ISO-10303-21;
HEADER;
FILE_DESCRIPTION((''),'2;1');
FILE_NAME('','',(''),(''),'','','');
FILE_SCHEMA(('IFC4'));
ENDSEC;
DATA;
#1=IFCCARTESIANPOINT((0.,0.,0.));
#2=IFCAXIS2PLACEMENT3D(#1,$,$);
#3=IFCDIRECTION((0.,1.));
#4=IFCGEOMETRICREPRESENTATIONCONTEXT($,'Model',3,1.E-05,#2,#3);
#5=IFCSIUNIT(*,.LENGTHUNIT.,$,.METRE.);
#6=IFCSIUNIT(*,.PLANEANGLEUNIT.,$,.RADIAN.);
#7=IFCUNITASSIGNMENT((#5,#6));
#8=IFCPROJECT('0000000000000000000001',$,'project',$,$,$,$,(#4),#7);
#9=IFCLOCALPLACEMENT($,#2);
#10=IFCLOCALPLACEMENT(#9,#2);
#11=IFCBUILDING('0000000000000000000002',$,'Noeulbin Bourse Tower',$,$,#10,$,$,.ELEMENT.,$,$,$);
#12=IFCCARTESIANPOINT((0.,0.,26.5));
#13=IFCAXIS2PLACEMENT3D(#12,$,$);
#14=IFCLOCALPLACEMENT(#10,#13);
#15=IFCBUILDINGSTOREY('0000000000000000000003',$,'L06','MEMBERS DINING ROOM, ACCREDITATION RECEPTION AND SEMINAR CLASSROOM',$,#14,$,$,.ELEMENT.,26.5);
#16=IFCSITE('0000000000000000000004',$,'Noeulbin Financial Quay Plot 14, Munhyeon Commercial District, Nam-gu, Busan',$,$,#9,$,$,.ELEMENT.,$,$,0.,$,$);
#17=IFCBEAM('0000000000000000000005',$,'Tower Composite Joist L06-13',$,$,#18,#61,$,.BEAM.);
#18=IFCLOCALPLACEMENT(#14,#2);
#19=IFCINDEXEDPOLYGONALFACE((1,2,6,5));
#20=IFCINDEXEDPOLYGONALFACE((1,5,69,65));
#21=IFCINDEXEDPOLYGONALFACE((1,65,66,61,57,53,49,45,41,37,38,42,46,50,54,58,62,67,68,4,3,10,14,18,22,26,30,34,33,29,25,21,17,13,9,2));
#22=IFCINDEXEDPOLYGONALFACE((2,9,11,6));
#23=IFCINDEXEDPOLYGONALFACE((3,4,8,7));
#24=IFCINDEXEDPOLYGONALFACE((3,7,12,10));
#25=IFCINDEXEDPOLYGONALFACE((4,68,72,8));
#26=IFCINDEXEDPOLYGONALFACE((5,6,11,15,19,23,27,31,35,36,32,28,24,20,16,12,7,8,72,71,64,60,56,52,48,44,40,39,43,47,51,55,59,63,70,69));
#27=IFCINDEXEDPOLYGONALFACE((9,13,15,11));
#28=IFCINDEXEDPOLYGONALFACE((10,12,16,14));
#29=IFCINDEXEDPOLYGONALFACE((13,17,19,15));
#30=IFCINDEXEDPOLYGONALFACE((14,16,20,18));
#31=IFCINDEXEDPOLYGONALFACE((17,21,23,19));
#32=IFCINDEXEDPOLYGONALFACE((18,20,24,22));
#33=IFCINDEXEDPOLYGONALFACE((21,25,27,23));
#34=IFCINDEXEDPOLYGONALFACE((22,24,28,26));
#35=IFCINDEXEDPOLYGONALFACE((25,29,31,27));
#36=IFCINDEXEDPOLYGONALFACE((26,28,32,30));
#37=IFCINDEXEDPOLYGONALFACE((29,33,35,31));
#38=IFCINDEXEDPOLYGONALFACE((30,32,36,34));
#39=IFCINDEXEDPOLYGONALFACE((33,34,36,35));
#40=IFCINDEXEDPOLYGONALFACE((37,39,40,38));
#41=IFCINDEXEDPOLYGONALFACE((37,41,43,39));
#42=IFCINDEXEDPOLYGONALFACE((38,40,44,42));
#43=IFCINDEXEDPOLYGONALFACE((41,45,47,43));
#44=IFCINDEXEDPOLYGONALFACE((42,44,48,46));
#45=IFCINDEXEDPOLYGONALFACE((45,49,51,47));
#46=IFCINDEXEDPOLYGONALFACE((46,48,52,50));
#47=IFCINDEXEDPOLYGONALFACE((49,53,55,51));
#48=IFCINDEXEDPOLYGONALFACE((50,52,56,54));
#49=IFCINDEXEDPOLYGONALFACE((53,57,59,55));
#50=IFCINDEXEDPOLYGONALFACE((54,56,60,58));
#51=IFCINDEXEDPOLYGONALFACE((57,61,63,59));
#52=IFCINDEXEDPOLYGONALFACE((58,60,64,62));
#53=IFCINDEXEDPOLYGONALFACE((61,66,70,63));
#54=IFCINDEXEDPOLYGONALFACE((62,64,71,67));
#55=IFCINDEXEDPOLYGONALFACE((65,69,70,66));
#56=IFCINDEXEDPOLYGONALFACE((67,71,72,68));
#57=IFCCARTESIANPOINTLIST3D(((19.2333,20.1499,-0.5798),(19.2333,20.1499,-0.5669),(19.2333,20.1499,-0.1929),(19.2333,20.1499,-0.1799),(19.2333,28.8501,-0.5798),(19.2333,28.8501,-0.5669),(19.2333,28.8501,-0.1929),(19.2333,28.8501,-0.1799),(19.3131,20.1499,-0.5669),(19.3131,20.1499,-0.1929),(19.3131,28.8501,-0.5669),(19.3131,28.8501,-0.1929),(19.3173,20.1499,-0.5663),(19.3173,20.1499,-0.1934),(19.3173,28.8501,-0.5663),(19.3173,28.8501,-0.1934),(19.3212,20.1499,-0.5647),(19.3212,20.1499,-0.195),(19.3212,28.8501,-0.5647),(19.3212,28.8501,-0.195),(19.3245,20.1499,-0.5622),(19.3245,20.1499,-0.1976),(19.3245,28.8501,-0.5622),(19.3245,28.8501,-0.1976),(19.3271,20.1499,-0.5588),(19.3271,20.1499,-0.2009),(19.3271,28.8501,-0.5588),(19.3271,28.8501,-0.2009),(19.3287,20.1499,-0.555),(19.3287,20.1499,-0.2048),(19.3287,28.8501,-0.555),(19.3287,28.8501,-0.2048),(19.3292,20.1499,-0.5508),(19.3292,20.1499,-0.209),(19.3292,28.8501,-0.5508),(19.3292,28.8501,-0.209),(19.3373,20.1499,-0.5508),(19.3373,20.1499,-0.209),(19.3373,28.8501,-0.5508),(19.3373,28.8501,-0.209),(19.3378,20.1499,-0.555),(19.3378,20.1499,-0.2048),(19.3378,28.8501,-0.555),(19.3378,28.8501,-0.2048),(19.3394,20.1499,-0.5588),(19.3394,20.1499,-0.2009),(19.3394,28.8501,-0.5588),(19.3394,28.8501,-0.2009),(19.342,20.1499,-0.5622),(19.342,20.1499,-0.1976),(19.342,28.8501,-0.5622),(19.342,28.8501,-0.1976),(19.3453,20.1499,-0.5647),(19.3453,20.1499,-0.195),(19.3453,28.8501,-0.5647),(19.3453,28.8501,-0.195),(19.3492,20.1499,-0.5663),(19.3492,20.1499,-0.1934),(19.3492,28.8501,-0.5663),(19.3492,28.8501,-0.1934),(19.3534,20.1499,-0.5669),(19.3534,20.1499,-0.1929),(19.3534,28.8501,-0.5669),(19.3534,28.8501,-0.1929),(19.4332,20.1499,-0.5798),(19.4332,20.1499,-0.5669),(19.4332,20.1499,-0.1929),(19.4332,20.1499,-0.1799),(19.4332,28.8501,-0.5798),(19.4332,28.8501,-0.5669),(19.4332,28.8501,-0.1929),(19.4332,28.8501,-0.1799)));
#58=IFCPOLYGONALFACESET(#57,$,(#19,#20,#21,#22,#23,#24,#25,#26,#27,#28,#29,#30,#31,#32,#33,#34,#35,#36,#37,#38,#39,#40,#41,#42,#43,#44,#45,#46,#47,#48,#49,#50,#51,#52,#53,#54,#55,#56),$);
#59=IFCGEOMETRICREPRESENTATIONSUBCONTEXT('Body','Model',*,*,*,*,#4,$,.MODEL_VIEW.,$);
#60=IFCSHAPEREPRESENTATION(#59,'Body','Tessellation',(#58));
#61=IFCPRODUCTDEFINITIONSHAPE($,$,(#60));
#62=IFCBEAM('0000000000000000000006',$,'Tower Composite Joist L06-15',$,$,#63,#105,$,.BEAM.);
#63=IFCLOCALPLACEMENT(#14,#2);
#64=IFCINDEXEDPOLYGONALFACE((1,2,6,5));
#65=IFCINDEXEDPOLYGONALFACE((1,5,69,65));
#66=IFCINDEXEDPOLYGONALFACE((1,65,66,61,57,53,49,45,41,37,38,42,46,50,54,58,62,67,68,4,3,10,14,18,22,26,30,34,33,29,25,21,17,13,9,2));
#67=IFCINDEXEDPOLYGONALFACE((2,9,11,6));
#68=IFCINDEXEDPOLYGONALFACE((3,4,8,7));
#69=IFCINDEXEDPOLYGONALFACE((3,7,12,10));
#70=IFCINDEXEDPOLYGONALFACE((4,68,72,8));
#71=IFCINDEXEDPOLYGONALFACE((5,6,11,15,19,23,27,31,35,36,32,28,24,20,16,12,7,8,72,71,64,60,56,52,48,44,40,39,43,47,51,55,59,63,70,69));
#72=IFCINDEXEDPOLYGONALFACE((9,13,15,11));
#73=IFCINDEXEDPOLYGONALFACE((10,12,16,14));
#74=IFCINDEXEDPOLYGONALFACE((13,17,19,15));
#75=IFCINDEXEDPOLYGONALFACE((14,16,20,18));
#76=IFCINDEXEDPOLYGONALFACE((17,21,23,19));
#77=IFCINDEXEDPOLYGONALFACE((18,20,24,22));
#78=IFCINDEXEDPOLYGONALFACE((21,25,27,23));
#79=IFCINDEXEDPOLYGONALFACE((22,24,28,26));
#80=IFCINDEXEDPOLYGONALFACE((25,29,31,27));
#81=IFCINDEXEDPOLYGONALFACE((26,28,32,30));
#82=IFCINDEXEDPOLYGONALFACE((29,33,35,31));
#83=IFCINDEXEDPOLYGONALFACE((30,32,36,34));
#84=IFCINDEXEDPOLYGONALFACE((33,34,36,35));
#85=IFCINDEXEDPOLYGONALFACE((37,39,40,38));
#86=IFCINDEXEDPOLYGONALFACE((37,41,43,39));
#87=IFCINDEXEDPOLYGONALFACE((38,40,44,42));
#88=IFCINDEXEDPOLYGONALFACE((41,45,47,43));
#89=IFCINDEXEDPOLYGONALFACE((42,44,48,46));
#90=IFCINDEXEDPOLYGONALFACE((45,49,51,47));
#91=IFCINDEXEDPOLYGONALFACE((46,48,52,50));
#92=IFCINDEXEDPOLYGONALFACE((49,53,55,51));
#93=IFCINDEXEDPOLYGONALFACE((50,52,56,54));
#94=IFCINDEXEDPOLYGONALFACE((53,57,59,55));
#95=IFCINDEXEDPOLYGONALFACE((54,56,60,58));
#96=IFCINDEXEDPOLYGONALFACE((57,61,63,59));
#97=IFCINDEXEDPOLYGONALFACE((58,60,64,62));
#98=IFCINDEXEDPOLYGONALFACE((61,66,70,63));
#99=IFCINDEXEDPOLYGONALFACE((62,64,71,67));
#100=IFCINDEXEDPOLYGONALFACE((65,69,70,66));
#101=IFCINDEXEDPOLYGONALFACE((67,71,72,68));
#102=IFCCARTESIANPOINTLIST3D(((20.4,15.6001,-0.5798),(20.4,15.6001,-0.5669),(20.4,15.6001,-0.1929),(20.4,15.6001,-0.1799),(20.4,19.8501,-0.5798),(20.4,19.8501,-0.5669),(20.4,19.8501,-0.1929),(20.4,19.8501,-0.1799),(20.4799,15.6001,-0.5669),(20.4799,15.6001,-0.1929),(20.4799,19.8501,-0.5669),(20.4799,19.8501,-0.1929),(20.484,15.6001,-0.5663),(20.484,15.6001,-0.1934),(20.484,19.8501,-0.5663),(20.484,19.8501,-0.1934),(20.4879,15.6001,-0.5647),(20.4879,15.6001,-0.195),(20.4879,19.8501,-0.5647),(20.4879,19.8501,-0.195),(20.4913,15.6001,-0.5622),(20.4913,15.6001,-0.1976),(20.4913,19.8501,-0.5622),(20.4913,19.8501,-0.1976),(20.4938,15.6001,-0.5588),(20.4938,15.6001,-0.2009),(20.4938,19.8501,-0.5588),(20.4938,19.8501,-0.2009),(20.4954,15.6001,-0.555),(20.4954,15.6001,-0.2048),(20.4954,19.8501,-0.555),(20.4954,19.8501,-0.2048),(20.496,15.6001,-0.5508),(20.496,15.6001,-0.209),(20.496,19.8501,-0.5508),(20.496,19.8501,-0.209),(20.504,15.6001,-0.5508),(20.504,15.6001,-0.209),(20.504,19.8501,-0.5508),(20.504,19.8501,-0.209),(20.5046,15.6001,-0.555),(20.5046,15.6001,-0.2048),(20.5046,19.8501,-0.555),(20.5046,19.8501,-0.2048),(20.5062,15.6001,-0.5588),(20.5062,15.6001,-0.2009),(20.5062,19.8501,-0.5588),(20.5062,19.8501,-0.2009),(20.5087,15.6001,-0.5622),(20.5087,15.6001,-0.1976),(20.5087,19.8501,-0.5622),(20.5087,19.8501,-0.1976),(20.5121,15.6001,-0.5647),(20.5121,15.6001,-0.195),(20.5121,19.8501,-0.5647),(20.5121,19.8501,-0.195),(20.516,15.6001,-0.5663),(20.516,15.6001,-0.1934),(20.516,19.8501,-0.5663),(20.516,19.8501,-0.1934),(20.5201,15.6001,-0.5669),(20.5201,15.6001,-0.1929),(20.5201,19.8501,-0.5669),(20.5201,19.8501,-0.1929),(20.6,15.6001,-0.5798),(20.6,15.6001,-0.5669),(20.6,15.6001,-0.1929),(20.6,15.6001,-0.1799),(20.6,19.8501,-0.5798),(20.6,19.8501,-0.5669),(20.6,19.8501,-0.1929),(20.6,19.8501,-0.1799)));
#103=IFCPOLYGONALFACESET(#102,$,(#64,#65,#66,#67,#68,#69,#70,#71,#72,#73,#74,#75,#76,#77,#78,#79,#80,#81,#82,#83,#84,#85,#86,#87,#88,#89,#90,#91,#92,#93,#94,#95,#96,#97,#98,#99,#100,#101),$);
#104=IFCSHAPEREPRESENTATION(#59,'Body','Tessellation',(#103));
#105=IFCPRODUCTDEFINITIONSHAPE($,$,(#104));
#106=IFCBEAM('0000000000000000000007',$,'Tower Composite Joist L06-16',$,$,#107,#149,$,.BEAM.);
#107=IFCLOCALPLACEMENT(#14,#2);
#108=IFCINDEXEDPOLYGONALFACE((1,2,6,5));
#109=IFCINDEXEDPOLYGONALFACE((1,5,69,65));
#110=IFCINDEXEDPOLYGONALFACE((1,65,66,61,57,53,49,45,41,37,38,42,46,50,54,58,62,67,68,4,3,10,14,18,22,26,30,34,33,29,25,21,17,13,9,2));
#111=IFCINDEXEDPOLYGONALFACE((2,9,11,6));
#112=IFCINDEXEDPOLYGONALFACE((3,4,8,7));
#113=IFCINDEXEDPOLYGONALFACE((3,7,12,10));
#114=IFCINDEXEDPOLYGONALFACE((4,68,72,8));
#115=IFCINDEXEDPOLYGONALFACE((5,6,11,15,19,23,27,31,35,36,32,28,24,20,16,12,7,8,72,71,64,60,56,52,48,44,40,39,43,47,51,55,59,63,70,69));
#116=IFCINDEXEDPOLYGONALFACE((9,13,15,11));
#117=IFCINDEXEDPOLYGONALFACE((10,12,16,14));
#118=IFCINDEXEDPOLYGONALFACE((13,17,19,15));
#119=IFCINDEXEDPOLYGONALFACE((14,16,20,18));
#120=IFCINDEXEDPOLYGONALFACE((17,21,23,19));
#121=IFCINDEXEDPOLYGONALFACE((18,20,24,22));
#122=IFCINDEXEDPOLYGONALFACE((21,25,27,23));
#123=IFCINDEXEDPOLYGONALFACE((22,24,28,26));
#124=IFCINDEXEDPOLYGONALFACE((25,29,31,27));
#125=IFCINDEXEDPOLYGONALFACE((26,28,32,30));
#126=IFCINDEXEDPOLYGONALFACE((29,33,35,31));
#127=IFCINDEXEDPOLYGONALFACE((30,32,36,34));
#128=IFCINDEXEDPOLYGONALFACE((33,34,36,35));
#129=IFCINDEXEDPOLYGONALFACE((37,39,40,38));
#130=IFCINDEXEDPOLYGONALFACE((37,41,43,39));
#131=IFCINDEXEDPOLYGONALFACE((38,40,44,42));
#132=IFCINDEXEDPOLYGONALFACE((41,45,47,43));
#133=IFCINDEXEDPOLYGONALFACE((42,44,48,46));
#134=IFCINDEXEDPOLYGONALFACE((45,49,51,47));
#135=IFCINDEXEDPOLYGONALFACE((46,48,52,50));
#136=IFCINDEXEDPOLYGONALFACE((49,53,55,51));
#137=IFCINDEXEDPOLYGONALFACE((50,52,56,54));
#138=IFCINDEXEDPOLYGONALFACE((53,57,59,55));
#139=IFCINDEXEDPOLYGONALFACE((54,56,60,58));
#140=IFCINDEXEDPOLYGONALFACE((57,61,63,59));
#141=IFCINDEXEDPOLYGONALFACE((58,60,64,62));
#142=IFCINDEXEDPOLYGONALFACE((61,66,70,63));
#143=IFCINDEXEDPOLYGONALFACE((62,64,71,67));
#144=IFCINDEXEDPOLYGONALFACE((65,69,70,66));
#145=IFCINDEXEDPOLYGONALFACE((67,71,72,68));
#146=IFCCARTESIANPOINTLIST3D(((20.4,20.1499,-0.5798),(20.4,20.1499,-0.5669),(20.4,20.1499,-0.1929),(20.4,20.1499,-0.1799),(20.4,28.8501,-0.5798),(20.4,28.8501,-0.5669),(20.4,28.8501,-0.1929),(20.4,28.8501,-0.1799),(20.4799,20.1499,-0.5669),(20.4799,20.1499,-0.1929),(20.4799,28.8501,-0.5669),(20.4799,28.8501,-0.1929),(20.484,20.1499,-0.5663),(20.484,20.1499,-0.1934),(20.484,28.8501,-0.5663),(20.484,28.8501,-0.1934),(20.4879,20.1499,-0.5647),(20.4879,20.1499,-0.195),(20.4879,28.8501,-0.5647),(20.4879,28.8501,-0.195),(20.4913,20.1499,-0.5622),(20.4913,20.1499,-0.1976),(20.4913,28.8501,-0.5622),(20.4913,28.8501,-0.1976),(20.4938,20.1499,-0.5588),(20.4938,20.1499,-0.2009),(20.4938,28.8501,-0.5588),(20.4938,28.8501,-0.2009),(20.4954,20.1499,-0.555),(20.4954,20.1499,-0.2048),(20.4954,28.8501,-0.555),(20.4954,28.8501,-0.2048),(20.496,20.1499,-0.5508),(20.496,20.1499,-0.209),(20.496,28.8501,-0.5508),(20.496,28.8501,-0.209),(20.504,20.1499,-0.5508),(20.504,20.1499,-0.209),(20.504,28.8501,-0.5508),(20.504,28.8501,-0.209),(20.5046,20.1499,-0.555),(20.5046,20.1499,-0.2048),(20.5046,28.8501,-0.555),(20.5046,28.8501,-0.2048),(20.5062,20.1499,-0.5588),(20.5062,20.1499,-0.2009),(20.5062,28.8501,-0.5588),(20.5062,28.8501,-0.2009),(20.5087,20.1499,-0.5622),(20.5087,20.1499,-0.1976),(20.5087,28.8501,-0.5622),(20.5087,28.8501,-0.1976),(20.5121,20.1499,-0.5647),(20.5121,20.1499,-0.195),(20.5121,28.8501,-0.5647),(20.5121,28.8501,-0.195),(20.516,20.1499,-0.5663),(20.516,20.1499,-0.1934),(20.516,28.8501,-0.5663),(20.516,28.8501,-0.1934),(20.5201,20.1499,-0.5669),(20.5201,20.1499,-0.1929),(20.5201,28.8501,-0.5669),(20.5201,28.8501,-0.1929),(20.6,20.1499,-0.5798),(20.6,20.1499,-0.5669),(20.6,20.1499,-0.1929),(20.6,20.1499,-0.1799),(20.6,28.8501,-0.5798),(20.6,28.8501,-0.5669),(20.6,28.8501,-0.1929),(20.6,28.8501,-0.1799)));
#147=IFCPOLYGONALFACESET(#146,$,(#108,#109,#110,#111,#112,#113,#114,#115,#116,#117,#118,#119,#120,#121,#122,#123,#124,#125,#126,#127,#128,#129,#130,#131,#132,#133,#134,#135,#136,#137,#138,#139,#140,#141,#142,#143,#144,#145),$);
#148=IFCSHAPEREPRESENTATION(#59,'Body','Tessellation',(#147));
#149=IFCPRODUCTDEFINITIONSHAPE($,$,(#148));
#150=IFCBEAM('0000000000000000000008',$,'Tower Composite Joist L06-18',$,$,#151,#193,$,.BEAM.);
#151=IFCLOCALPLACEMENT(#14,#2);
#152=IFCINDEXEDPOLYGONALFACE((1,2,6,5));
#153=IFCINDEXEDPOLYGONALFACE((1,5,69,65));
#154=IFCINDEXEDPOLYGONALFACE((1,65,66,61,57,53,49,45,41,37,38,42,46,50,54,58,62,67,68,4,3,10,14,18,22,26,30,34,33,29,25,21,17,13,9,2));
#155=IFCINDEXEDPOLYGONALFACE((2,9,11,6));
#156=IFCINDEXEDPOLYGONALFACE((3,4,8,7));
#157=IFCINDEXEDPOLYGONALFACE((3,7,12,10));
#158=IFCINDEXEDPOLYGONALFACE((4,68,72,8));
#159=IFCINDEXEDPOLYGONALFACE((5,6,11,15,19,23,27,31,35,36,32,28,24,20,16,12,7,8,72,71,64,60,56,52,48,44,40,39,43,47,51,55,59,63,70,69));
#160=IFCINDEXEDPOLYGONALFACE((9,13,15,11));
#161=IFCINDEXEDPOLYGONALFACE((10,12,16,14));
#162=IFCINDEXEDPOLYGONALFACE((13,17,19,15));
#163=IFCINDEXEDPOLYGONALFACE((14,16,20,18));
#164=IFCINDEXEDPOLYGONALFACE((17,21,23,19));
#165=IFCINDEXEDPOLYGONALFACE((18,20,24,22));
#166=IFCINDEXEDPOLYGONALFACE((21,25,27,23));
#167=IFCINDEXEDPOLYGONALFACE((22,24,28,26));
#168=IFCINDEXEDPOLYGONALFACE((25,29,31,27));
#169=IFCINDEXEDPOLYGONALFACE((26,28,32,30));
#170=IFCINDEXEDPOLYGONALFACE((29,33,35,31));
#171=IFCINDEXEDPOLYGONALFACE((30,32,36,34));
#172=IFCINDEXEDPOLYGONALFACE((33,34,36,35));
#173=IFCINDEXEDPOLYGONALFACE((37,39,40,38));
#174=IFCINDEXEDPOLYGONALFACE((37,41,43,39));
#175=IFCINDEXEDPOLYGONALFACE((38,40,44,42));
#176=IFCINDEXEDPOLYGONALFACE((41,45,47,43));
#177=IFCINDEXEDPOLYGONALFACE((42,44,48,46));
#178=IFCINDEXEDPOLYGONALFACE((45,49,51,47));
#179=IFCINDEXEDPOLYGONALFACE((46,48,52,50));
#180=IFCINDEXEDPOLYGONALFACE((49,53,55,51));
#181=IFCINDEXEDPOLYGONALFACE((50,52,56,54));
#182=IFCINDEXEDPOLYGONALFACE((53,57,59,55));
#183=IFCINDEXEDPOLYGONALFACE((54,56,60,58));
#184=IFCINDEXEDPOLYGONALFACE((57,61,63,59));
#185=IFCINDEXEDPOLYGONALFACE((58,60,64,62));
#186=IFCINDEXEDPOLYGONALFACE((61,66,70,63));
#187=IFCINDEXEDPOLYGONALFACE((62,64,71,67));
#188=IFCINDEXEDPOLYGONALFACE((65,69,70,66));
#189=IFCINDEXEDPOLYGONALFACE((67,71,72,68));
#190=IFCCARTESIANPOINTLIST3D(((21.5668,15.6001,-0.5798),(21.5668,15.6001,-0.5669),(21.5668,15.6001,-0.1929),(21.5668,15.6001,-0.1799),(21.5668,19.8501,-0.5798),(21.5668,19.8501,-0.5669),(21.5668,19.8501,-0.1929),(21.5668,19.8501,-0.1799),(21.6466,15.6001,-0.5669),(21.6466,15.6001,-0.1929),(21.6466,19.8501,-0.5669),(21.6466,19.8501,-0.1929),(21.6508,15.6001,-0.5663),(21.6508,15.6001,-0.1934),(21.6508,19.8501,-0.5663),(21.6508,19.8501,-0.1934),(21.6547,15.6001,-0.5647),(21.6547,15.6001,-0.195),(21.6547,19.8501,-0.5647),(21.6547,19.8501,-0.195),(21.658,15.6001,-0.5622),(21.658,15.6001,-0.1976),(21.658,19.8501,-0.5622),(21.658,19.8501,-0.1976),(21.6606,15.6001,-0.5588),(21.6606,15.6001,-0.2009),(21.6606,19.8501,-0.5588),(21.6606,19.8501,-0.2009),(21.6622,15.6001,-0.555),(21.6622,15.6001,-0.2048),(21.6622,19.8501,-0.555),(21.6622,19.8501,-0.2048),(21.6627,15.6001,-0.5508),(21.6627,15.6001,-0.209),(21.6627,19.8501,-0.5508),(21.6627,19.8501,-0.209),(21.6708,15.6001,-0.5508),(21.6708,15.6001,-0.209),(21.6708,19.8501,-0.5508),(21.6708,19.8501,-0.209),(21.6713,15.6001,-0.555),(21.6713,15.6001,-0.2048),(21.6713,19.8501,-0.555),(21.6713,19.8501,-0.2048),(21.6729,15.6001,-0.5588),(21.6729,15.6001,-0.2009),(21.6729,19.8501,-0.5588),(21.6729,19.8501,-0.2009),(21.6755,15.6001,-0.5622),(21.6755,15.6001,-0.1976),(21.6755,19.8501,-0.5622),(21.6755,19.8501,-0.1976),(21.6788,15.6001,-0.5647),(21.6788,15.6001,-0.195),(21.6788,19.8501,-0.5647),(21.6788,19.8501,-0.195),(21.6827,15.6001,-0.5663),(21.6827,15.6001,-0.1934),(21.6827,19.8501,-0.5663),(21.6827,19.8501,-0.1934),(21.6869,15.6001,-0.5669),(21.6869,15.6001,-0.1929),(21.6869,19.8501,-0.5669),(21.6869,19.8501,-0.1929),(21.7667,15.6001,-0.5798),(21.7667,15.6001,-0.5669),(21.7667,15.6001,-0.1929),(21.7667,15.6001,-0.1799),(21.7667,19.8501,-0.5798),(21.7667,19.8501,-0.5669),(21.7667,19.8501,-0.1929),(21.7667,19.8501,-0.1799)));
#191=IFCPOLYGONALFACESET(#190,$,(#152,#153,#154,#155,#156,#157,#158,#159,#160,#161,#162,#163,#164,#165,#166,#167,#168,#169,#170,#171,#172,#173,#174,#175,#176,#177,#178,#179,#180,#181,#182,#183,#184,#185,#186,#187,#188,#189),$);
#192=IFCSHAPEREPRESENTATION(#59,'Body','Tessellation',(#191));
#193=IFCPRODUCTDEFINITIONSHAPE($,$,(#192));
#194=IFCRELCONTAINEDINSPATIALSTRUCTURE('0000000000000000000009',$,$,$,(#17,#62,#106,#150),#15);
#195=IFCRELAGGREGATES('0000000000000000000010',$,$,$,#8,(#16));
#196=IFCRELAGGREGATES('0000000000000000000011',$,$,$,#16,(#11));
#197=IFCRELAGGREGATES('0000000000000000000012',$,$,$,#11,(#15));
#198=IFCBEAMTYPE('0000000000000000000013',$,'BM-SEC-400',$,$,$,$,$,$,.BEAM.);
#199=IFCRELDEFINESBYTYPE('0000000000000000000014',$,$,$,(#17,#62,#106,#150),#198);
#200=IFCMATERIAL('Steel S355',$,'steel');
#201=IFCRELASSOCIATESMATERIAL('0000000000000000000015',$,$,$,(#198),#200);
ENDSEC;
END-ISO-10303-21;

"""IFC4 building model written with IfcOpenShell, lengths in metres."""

from ifc_helpers import new_model, si_unit, direction, frame, origin, origin_2d, place, context, subcontext, project, spatial, i_section, extrude, material, material_profile, profile_set, type_object, element, save


model = new_model("IFC4")

# Units and contexts
model_context = context("Model", 3, precision=1e-05, world=origin(), true_north=direction((0.0, 1.0)))
body_context = subcontext(model_context, "Body", "Model", "MODEL_VIEW")
ifc_project = project(units=[si_unit("LENGTHUNIT", "METRE"), si_unit("PLANEANGLEUNIT", "RADIAN")], contexts=[model_context])

# Site, building, storey
site_placement = place(None, origin())
site = spatial("IfcSite", under=ifc_project, at=site_placement, Name="Noeulbin Financial Quay Plot 14, Munhyeon Commercial District, Nam-gu, Busan", CompositionType="ELEMENT", RefElevation=0.0)
building_placement = place(site_placement, origin())
building = spatial("IfcBuilding", under=site, at=building_placement, Name="Noeulbin Bourse Tower", CompositionType="ELEMENT")
storey_placement = place(building_placement, frame((0.0, 0.0, 26.5)))
storey = spatial("IfcBuildingStorey", under=building, at=storey_placement, Name="L06", Description="MEMBERS DINING ROOM, ACCREDITATION RECEPTION AND SEMINAR CLASSROOM", CompositionType="ELEMENT", Elevation=26.5)

# Beams
ifc_material_1 = material(Name="Steel S355", Category="steel")
ifc_material_profile_1 = material_profile(ifc_material_1, i_section(OverallWidth=0.2, OverallDepth=0.3999, WebThickness=0.0081, FlangeThickness=0.0129, FilletRadius=0.0161, at=origin_2d()), Name="H-400x200x8x13", Category="LoadBearing")
ifc_profile_set_1 = profile_set([ifc_material_profile_1], Name="Steel S355")
beam_type_1 = type_object("IfcBeamType", Name="BM-SEC-400", PredefinedType="BEAM", material=ifc_profile_set_1)
beam_1_placement = place(storey_placement, frame((19.3333, 20.1499, -0.3799), z_axis=(0.0, 1.0, 0.0), x_axis=(-1.0, 0.0, 0.0)))
element("IfcBeam", 1, at=beam_1_placement, inside=storey, type_object=beam_type_1, Name="Tower Composite Joist L06-13", PredefinedType="BEAM", context=body_context, shape_type="SweptSolid", body=[
    extrude(i_section(OverallWidth=0.2, OverallDepth=0.3999, WebThickness=0.0081, FlangeThickness=0.0129, FilletRadius=0.0161, at=origin_2d()), origin(), (0.0, 0.0, 1.0), 8.7002),
])
beam_2_placement = place(storey_placement, frame((20.5, 15.6001, -0.3799), z_axis=(0.0, 1.0, 0.0), x_axis=(-1.0, 0.0, 0.0)))
element("IfcBeam", 2, at=beam_2_placement, inside=storey, type_object=beam_type_1, Name="Tower Composite Joist L06-15", PredefinedType="BEAM", context=body_context, shape_type="SweptSolid", body=[
    extrude(i_section(OverallWidth=0.2, OverallDepth=0.3999, WebThickness=0.0081, FlangeThickness=0.0129, FilletRadius=0.0161, at=origin_2d()), origin(), (0.0, 0.0, 1.0), 4.25),
])
beam_3_placement = place(storey_placement, frame((20.5, 20.1499, -0.3799), z_axis=(0.0, 1.0, 0.0), x_axis=(-1.0, 0.0, 0.0)))
element("IfcBeam", 3, at=beam_3_placement, inside=storey, type_object=beam_type_1, Name="Tower Composite Joist L06-16", PredefinedType="BEAM", context=body_context, shape_type="SweptSolid", body=[
    extrude(i_section(OverallWidth=0.2, OverallDepth=0.3999, WebThickness=0.0081, FlangeThickness=0.0129, FilletRadius=0.0161, at=origin_2d()), origin(), (0.0, 0.0, 1.0), 8.7002),
])
beam_4_placement = place(storey_placement, frame((21.6667, 15.6001, -0.3799), z_axis=(0.0, 1.0, 0.0), x_axis=(-1.0, 0.0, 0.0)))
element("IfcBeam", 4, at=beam_4_placement, inside=storey, type_object=beam_type_1, Name="Tower Composite Joist L06-18", PredefinedType="BEAM", context=body_context, shape_type="SweptSolid", body=[
    extrude(i_section(OverallWidth=0.2, OverallDepth=0.3999, WebThickness=0.0081, FlangeThickness=0.0129, FilletRadius=0.0161, at=origin_2d()), origin(), (0.0, 0.0, 1.0), 4.25),
])

save(model, "model.ifc")
